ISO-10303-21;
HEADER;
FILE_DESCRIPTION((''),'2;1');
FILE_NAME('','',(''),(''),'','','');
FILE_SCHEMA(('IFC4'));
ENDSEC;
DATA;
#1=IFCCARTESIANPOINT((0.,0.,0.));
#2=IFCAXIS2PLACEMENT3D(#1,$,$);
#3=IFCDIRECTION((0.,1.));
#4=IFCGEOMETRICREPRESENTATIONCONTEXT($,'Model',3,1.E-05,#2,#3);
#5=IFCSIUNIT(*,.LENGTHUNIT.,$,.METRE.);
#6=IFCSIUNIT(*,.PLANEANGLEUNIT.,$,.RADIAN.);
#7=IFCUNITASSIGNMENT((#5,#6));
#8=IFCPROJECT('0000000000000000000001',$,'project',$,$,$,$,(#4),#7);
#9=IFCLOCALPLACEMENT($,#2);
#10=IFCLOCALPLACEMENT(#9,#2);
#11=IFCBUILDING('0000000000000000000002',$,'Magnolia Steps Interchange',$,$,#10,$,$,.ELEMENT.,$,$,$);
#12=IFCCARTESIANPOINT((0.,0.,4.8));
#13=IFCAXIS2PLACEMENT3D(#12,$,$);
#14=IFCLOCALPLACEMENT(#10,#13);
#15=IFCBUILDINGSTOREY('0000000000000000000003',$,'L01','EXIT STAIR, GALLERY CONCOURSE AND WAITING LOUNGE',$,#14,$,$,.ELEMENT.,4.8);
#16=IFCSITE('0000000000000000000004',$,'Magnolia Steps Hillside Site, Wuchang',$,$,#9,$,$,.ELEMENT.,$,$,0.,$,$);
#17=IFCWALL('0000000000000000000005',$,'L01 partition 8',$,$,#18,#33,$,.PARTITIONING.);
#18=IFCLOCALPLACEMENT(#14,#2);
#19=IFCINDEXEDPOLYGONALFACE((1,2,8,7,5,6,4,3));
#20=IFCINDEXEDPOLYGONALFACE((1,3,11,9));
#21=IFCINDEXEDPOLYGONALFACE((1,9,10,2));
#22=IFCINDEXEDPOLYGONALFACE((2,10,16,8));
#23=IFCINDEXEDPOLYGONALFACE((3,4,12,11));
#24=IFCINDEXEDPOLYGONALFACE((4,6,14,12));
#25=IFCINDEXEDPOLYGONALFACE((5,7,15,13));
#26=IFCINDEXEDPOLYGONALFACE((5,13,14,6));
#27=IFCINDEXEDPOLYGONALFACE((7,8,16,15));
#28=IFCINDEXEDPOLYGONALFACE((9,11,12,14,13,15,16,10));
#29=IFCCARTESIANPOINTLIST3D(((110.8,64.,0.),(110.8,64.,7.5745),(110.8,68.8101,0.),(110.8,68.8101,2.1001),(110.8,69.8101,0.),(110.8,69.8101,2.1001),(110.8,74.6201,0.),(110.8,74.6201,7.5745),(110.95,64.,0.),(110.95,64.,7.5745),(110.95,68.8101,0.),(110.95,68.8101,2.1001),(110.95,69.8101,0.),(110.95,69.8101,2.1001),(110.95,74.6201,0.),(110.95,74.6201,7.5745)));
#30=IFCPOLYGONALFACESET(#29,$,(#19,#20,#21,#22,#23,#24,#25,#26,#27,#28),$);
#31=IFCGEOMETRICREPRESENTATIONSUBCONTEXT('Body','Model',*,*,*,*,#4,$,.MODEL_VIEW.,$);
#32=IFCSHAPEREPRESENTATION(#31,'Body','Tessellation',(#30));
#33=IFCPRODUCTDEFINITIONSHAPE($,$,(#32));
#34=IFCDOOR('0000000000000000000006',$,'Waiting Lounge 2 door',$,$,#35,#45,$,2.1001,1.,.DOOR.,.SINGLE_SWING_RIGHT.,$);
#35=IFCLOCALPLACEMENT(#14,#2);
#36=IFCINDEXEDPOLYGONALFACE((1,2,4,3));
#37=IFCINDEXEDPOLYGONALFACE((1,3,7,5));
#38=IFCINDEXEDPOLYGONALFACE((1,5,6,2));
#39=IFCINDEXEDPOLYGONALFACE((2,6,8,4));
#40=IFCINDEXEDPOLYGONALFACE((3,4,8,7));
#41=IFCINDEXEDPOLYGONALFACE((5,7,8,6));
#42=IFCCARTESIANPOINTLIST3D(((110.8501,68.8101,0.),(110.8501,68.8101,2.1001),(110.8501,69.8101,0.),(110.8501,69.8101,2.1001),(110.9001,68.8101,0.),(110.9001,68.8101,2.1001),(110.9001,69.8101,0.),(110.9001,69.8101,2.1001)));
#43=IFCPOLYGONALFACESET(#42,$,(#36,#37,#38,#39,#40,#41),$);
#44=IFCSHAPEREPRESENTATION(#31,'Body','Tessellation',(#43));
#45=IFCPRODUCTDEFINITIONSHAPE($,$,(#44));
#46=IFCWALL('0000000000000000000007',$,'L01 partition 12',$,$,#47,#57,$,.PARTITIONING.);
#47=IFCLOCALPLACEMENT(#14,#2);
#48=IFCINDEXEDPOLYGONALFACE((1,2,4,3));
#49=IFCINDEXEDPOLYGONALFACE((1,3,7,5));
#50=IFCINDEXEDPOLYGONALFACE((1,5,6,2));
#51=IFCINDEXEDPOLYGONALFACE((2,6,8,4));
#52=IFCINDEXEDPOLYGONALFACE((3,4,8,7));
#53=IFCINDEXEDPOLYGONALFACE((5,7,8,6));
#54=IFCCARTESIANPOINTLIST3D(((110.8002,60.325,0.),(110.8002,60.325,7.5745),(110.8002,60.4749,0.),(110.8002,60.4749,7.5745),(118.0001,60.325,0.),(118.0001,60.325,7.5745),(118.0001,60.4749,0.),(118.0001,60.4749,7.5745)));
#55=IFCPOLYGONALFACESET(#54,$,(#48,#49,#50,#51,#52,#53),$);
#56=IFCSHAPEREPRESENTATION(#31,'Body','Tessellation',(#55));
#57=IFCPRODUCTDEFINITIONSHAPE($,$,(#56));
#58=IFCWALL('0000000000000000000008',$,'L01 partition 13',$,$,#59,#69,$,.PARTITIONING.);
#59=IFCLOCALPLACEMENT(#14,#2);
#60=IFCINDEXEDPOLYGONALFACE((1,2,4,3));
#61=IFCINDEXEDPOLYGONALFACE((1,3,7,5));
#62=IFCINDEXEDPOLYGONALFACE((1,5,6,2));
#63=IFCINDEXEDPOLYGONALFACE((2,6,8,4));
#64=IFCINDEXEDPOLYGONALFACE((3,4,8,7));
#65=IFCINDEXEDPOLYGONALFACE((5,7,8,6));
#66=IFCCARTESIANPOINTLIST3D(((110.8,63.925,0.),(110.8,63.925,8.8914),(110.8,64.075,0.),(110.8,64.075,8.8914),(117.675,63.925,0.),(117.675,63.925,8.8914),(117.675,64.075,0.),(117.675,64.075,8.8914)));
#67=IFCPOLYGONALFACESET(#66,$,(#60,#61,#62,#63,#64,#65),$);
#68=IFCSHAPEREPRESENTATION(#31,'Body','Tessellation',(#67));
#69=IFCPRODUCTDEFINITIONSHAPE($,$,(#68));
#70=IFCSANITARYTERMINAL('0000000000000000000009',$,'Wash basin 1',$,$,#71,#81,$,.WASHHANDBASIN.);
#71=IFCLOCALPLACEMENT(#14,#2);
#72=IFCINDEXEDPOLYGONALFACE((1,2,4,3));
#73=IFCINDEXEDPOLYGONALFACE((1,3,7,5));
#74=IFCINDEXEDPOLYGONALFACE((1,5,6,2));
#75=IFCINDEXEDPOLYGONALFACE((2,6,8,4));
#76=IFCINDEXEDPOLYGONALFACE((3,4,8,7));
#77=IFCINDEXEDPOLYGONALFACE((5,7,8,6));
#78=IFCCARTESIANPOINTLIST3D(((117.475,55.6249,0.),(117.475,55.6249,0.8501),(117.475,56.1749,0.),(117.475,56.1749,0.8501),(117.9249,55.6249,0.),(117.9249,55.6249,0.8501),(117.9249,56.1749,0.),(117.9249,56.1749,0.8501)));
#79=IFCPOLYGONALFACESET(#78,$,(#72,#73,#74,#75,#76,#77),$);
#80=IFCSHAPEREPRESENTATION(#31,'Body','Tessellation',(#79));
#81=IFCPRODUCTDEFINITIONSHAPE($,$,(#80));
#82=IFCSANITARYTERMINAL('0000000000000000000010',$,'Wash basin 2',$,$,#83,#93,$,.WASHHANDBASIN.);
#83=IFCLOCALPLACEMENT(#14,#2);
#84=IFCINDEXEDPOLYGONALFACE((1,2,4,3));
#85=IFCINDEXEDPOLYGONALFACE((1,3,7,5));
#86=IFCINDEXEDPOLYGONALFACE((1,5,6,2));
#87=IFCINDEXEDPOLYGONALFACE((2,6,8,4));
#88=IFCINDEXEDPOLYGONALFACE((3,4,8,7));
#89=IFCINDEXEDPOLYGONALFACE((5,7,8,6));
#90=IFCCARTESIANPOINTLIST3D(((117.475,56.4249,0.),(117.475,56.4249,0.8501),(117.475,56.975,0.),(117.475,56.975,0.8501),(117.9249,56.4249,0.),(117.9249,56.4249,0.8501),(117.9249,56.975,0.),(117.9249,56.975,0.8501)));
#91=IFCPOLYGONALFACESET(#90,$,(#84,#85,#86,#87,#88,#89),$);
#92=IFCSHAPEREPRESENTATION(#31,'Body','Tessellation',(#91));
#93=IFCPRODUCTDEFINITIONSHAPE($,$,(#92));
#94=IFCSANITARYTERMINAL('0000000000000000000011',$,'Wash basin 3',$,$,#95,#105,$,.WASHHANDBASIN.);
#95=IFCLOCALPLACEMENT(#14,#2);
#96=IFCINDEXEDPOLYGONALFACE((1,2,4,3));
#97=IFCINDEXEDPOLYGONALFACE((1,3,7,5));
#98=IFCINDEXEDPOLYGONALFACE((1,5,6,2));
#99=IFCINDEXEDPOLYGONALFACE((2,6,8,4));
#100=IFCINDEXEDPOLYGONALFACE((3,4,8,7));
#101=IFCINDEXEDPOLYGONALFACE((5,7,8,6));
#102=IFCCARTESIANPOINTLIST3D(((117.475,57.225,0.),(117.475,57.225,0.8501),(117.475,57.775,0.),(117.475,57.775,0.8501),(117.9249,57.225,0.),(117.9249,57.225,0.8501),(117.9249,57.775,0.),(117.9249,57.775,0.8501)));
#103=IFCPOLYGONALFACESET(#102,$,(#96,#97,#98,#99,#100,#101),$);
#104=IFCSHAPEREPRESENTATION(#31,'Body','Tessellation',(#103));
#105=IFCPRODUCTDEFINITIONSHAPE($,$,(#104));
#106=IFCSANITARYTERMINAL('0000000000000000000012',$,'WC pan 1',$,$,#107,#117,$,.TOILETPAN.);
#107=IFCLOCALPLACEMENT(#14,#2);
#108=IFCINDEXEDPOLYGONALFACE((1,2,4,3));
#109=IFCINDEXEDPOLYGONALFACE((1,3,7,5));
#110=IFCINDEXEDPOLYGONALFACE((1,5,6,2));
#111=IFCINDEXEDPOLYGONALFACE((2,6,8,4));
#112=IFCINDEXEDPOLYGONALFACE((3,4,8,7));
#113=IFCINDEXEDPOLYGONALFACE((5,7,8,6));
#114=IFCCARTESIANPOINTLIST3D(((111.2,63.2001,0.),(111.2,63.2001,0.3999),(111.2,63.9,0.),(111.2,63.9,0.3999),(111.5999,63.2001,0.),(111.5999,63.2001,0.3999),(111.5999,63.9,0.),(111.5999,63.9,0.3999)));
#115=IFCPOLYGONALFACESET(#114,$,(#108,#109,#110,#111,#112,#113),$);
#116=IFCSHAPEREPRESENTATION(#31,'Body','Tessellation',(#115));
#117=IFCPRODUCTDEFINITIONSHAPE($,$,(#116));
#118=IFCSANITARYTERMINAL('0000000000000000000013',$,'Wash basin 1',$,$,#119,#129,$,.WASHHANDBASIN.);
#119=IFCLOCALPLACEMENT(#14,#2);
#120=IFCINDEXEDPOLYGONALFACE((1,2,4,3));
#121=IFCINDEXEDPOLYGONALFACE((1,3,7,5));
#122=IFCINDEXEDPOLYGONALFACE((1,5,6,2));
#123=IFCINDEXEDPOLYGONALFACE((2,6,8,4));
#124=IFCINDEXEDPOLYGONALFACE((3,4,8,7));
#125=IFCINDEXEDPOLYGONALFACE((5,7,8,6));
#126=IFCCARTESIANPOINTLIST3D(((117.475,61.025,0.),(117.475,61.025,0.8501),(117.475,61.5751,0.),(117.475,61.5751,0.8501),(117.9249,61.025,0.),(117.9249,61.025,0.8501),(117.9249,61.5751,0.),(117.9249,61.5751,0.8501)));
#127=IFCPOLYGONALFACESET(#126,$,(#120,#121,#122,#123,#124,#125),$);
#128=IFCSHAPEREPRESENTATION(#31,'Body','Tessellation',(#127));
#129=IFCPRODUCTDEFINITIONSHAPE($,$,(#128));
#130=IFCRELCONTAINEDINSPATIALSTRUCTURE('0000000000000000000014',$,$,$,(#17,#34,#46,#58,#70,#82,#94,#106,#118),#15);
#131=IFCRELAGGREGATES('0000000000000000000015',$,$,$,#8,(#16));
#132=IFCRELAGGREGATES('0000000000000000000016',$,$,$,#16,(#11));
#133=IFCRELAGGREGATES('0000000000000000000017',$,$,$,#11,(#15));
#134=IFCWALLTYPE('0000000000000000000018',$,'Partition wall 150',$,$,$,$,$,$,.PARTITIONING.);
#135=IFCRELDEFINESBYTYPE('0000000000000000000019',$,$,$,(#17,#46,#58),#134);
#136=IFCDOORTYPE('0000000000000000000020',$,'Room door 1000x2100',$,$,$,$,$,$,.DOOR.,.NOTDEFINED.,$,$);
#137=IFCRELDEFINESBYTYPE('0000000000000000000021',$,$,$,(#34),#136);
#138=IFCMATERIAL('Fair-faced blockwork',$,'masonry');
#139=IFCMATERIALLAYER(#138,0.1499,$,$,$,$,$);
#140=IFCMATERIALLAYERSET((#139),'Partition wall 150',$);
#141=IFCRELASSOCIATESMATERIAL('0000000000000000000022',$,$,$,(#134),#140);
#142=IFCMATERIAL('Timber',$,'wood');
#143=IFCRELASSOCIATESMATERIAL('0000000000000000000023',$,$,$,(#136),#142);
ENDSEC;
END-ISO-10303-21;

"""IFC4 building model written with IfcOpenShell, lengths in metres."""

from ifc_helpers import new_model, si_unit, direction, frame, frame_2d, origin, origin_2d, place, context, subcontext, project, spatial, rectangle, extrude, material, layer, layer_set, type_object, element, fill, save


model = new_model("IFC4")

# Units and contexts
model_context = context("Model", 3, precision=1e-05, world=origin(), true_north=direction((0.0, 1.0)))
body_context = subcontext(model_context, "Body", "Model", "MODEL_VIEW")
ifc_project = project(units=[si_unit("LENGTHUNIT", "METRE"), si_unit("PLANEANGLEUNIT", "RADIAN")], contexts=[model_context])

# Site, building, storey
site_placement = place(None, origin())
site = spatial("IfcSite", under=ifc_project, at=site_placement, Name="Magnolia Steps Hillside Site, Wuchang", CompositionType="ELEMENT", RefElevation=0.0)
building_placement = place(site_placement, origin())
building = spatial("IfcBuilding", under=site, at=building_placement, Name="Magnolia Steps Interchange", CompositionType="ELEMENT")
storey_placement = place(building_placement, frame((0.0, 0.0, 4.8)))
storey = spatial("IfcBuildingStorey", under=building, at=storey_placement, Name="L01", Description="EXIT STAIR, GALLERY CONCOURSE AND WAITING LOUNGE", CompositionType="ELEMENT", Elevation=4.8)

# Wall, opening, door
ifc_material_1 = material(Name="Fair-faced blockwork", Category="masonry")
ifc_layer_1 = layer(ifc_material_1, 0.1499)
ifc_layer_set_1 = layer_set([ifc_layer_1], Name="Partition wall 150")
wall_type = type_object("IfcWallType", Name="Partition wall 150", PredefinedType="PARTITIONING", material=ifc_layer_set_1)
ifc_material_2 = material(Name="Timber", Category="wood")
door_type = type_object("IfcDoorType", Name="Room door 1000x2100", OperationType="NOTDEFINED", PredefinedType="DOOR", material=ifc_material_2)
wall_1_placement = place(storey_placement, frame((110.875, 64.0, 0.0), z_axis=(0.0, 0.0, 1.0), x_axis=(0.0, 1.0, 0.0)))
wall_1 = element("IfcWall", 1, at=wall_1_placement, inside=storey, type_object=wall_type, Name="L01 partition 8", PredefinedType="PARTITIONING", context=body_context, shape_type="SweptSolid", body=[
    extrude(rectangle(XDim=10.6201, YDim=0.1499, at=frame_2d((5.3101, 0.0))), origin(), (0.0, 0.0, 1.0), 7.5745),
])
opening_1_placement = place(wall_1_placement, frame((4.8101, 0.0, 0.0)))
opening_1 = element("IfcOpeningElement", 2, at=opening_1_placement, cuts=wall_1, PredefinedType="OPENING", context=body_context, shape_type="SweptSolid", body=[
    extrude(rectangle(XDim=1.0, YDim=2.1001, at=frame_2d((0.5, 1.05))), frame((0.0, 0.085, 0.0), z_axis=(0.0, -1.0, 0.0), x_axis=(1.0, 0.0, 0.0)), (0.0, 0.0, 1.0), 0.1699),
])
door_1_placement = place(opening_1_placement, origin())
door_1 = element("IfcDoor", 3, at=door_1_placement, inside=storey, type_object=door_type, Name="Waiting Lounge 2 door", OperationType="SINGLE_SWING_RIGHT", OverallHeight=2.1001, OverallWidth=1.0, PredefinedType="DOOR", context=body_context, shape_type="SweptSolid", body=[
    extrude(rectangle(XDim=1.0, YDim=2.1001, at=frame_2d((0.5, 1.05))), frame((0.0, 0.0249, 0.0), z_axis=(0.0, -1.0, 0.0), x_axis=(1.0, 0.0, 0.0)), (0.0, 0.0, 1.0), 0.05),
])
fill(opening_1, door_1)

# Walls
wall_2_placement = place(storey_placement, frame((110.8, 60.3999, 0.0), z_axis=(0.0, 0.0, 1.0), x_axis=(1.0, 0.0, 0.0)))
element("IfcWall", 4, at=wall_2_placement, inside=storey, type_object=wall_type, Name="L01 partition 12", PredefinedType="PARTITIONING", context=body_context, shape_type="SweptSolid", body=[
    extrude(rectangle(XDim=7.2, YDim=0.1499, at=frame_2d((3.6001, 0.0))), origin(), (0.0, 0.0, 1.0), 7.5745),
])
wall_3_placement = place(storey_placement, frame((110.8, 64.0, 0.0), z_axis=(0.0, 0.0, 1.0), x_axis=(1.0, 0.0, 0.0)))
element("IfcWall", 5, at=wall_3_placement, inside=storey, type_object=wall_type, Name="L01 partition 13", PredefinedType="PARTITIONING", context=body_context, shape_type="SweptSolid", body=[
    extrude(rectangle(XDim=6.875, YDim=0.1499, at=frame_2d((3.4375, 0.0))), origin(), (0.0, 0.0, 1.0), 8.8914),
])

# Sanitary terminals
for number, where, z_axis, x_axis, name in (
    (6, (117.7, 55.8999, 0.0), (0.0, 0.0, 1.0), (1.0, 0.0, 0.0), "Wash basin 1"),
    (7, (117.7, 56.7, 0.0), (0.0, 0.0, 1.0), (1.0, 0.0, 0.0), "Wash basin 2"),
    (8, (117.7, 57.5, 0.0), (0.0, 0.0, 1.0), (1.0, 0.0, 0.0), "Wash basin 3"),
):
    element("IfcSanitaryTerminal", number, at=place(storey_placement, frame(where, z_axis=z_axis, x_axis=x_axis)), inside=storey, Name=name, PredefinedType="WASHHANDBASIN", context=body_context, shape_type="SweptSolid", body=[
        extrude(rectangle(XDim=0.45, YDim=0.55, at=origin_2d()), origin(), (0.0, 0.0, 1.0), 0.8501),
    ])
sanitary_terminal_1_placement = place(storey_placement, frame((111.3999, 63.55, 0.0), z_axis=(0.0, 0.0, 1.0), x_axis=(1.0, 0.0, 0.0)))
element("IfcSanitaryTerminal", 9, at=sanitary_terminal_1_placement, inside=storey, Name="WC pan 1", PredefinedType="TOILETPAN", context=body_context, shape_type="SweptSolid", body=[
    extrude(rectangle(XDim=0.3999, YDim=0.7, at=origin_2d()), origin(), (0.0, 0.0, 1.0), 0.3999),
])
sanitary_terminal_2_placement = place(storey_placement, frame((117.7, 61.3, 0.0), z_axis=(0.0, 0.0, 1.0), x_axis=(1.0, 0.0, 0.0)))
element("IfcSanitaryTerminal", 10, at=sanitary_terminal_2_placement, inside=storey, Name="Wash basin 1", PredefinedType="WASHHANDBASIN", context=body_context, shape_type="SweptSolid", body=[
    extrude(rectangle(XDim=0.45, YDim=0.55, at=origin_2d()), origin(), (0.0, 0.0, 1.0), 0.8501),
])

save(model, "model.ifc")
